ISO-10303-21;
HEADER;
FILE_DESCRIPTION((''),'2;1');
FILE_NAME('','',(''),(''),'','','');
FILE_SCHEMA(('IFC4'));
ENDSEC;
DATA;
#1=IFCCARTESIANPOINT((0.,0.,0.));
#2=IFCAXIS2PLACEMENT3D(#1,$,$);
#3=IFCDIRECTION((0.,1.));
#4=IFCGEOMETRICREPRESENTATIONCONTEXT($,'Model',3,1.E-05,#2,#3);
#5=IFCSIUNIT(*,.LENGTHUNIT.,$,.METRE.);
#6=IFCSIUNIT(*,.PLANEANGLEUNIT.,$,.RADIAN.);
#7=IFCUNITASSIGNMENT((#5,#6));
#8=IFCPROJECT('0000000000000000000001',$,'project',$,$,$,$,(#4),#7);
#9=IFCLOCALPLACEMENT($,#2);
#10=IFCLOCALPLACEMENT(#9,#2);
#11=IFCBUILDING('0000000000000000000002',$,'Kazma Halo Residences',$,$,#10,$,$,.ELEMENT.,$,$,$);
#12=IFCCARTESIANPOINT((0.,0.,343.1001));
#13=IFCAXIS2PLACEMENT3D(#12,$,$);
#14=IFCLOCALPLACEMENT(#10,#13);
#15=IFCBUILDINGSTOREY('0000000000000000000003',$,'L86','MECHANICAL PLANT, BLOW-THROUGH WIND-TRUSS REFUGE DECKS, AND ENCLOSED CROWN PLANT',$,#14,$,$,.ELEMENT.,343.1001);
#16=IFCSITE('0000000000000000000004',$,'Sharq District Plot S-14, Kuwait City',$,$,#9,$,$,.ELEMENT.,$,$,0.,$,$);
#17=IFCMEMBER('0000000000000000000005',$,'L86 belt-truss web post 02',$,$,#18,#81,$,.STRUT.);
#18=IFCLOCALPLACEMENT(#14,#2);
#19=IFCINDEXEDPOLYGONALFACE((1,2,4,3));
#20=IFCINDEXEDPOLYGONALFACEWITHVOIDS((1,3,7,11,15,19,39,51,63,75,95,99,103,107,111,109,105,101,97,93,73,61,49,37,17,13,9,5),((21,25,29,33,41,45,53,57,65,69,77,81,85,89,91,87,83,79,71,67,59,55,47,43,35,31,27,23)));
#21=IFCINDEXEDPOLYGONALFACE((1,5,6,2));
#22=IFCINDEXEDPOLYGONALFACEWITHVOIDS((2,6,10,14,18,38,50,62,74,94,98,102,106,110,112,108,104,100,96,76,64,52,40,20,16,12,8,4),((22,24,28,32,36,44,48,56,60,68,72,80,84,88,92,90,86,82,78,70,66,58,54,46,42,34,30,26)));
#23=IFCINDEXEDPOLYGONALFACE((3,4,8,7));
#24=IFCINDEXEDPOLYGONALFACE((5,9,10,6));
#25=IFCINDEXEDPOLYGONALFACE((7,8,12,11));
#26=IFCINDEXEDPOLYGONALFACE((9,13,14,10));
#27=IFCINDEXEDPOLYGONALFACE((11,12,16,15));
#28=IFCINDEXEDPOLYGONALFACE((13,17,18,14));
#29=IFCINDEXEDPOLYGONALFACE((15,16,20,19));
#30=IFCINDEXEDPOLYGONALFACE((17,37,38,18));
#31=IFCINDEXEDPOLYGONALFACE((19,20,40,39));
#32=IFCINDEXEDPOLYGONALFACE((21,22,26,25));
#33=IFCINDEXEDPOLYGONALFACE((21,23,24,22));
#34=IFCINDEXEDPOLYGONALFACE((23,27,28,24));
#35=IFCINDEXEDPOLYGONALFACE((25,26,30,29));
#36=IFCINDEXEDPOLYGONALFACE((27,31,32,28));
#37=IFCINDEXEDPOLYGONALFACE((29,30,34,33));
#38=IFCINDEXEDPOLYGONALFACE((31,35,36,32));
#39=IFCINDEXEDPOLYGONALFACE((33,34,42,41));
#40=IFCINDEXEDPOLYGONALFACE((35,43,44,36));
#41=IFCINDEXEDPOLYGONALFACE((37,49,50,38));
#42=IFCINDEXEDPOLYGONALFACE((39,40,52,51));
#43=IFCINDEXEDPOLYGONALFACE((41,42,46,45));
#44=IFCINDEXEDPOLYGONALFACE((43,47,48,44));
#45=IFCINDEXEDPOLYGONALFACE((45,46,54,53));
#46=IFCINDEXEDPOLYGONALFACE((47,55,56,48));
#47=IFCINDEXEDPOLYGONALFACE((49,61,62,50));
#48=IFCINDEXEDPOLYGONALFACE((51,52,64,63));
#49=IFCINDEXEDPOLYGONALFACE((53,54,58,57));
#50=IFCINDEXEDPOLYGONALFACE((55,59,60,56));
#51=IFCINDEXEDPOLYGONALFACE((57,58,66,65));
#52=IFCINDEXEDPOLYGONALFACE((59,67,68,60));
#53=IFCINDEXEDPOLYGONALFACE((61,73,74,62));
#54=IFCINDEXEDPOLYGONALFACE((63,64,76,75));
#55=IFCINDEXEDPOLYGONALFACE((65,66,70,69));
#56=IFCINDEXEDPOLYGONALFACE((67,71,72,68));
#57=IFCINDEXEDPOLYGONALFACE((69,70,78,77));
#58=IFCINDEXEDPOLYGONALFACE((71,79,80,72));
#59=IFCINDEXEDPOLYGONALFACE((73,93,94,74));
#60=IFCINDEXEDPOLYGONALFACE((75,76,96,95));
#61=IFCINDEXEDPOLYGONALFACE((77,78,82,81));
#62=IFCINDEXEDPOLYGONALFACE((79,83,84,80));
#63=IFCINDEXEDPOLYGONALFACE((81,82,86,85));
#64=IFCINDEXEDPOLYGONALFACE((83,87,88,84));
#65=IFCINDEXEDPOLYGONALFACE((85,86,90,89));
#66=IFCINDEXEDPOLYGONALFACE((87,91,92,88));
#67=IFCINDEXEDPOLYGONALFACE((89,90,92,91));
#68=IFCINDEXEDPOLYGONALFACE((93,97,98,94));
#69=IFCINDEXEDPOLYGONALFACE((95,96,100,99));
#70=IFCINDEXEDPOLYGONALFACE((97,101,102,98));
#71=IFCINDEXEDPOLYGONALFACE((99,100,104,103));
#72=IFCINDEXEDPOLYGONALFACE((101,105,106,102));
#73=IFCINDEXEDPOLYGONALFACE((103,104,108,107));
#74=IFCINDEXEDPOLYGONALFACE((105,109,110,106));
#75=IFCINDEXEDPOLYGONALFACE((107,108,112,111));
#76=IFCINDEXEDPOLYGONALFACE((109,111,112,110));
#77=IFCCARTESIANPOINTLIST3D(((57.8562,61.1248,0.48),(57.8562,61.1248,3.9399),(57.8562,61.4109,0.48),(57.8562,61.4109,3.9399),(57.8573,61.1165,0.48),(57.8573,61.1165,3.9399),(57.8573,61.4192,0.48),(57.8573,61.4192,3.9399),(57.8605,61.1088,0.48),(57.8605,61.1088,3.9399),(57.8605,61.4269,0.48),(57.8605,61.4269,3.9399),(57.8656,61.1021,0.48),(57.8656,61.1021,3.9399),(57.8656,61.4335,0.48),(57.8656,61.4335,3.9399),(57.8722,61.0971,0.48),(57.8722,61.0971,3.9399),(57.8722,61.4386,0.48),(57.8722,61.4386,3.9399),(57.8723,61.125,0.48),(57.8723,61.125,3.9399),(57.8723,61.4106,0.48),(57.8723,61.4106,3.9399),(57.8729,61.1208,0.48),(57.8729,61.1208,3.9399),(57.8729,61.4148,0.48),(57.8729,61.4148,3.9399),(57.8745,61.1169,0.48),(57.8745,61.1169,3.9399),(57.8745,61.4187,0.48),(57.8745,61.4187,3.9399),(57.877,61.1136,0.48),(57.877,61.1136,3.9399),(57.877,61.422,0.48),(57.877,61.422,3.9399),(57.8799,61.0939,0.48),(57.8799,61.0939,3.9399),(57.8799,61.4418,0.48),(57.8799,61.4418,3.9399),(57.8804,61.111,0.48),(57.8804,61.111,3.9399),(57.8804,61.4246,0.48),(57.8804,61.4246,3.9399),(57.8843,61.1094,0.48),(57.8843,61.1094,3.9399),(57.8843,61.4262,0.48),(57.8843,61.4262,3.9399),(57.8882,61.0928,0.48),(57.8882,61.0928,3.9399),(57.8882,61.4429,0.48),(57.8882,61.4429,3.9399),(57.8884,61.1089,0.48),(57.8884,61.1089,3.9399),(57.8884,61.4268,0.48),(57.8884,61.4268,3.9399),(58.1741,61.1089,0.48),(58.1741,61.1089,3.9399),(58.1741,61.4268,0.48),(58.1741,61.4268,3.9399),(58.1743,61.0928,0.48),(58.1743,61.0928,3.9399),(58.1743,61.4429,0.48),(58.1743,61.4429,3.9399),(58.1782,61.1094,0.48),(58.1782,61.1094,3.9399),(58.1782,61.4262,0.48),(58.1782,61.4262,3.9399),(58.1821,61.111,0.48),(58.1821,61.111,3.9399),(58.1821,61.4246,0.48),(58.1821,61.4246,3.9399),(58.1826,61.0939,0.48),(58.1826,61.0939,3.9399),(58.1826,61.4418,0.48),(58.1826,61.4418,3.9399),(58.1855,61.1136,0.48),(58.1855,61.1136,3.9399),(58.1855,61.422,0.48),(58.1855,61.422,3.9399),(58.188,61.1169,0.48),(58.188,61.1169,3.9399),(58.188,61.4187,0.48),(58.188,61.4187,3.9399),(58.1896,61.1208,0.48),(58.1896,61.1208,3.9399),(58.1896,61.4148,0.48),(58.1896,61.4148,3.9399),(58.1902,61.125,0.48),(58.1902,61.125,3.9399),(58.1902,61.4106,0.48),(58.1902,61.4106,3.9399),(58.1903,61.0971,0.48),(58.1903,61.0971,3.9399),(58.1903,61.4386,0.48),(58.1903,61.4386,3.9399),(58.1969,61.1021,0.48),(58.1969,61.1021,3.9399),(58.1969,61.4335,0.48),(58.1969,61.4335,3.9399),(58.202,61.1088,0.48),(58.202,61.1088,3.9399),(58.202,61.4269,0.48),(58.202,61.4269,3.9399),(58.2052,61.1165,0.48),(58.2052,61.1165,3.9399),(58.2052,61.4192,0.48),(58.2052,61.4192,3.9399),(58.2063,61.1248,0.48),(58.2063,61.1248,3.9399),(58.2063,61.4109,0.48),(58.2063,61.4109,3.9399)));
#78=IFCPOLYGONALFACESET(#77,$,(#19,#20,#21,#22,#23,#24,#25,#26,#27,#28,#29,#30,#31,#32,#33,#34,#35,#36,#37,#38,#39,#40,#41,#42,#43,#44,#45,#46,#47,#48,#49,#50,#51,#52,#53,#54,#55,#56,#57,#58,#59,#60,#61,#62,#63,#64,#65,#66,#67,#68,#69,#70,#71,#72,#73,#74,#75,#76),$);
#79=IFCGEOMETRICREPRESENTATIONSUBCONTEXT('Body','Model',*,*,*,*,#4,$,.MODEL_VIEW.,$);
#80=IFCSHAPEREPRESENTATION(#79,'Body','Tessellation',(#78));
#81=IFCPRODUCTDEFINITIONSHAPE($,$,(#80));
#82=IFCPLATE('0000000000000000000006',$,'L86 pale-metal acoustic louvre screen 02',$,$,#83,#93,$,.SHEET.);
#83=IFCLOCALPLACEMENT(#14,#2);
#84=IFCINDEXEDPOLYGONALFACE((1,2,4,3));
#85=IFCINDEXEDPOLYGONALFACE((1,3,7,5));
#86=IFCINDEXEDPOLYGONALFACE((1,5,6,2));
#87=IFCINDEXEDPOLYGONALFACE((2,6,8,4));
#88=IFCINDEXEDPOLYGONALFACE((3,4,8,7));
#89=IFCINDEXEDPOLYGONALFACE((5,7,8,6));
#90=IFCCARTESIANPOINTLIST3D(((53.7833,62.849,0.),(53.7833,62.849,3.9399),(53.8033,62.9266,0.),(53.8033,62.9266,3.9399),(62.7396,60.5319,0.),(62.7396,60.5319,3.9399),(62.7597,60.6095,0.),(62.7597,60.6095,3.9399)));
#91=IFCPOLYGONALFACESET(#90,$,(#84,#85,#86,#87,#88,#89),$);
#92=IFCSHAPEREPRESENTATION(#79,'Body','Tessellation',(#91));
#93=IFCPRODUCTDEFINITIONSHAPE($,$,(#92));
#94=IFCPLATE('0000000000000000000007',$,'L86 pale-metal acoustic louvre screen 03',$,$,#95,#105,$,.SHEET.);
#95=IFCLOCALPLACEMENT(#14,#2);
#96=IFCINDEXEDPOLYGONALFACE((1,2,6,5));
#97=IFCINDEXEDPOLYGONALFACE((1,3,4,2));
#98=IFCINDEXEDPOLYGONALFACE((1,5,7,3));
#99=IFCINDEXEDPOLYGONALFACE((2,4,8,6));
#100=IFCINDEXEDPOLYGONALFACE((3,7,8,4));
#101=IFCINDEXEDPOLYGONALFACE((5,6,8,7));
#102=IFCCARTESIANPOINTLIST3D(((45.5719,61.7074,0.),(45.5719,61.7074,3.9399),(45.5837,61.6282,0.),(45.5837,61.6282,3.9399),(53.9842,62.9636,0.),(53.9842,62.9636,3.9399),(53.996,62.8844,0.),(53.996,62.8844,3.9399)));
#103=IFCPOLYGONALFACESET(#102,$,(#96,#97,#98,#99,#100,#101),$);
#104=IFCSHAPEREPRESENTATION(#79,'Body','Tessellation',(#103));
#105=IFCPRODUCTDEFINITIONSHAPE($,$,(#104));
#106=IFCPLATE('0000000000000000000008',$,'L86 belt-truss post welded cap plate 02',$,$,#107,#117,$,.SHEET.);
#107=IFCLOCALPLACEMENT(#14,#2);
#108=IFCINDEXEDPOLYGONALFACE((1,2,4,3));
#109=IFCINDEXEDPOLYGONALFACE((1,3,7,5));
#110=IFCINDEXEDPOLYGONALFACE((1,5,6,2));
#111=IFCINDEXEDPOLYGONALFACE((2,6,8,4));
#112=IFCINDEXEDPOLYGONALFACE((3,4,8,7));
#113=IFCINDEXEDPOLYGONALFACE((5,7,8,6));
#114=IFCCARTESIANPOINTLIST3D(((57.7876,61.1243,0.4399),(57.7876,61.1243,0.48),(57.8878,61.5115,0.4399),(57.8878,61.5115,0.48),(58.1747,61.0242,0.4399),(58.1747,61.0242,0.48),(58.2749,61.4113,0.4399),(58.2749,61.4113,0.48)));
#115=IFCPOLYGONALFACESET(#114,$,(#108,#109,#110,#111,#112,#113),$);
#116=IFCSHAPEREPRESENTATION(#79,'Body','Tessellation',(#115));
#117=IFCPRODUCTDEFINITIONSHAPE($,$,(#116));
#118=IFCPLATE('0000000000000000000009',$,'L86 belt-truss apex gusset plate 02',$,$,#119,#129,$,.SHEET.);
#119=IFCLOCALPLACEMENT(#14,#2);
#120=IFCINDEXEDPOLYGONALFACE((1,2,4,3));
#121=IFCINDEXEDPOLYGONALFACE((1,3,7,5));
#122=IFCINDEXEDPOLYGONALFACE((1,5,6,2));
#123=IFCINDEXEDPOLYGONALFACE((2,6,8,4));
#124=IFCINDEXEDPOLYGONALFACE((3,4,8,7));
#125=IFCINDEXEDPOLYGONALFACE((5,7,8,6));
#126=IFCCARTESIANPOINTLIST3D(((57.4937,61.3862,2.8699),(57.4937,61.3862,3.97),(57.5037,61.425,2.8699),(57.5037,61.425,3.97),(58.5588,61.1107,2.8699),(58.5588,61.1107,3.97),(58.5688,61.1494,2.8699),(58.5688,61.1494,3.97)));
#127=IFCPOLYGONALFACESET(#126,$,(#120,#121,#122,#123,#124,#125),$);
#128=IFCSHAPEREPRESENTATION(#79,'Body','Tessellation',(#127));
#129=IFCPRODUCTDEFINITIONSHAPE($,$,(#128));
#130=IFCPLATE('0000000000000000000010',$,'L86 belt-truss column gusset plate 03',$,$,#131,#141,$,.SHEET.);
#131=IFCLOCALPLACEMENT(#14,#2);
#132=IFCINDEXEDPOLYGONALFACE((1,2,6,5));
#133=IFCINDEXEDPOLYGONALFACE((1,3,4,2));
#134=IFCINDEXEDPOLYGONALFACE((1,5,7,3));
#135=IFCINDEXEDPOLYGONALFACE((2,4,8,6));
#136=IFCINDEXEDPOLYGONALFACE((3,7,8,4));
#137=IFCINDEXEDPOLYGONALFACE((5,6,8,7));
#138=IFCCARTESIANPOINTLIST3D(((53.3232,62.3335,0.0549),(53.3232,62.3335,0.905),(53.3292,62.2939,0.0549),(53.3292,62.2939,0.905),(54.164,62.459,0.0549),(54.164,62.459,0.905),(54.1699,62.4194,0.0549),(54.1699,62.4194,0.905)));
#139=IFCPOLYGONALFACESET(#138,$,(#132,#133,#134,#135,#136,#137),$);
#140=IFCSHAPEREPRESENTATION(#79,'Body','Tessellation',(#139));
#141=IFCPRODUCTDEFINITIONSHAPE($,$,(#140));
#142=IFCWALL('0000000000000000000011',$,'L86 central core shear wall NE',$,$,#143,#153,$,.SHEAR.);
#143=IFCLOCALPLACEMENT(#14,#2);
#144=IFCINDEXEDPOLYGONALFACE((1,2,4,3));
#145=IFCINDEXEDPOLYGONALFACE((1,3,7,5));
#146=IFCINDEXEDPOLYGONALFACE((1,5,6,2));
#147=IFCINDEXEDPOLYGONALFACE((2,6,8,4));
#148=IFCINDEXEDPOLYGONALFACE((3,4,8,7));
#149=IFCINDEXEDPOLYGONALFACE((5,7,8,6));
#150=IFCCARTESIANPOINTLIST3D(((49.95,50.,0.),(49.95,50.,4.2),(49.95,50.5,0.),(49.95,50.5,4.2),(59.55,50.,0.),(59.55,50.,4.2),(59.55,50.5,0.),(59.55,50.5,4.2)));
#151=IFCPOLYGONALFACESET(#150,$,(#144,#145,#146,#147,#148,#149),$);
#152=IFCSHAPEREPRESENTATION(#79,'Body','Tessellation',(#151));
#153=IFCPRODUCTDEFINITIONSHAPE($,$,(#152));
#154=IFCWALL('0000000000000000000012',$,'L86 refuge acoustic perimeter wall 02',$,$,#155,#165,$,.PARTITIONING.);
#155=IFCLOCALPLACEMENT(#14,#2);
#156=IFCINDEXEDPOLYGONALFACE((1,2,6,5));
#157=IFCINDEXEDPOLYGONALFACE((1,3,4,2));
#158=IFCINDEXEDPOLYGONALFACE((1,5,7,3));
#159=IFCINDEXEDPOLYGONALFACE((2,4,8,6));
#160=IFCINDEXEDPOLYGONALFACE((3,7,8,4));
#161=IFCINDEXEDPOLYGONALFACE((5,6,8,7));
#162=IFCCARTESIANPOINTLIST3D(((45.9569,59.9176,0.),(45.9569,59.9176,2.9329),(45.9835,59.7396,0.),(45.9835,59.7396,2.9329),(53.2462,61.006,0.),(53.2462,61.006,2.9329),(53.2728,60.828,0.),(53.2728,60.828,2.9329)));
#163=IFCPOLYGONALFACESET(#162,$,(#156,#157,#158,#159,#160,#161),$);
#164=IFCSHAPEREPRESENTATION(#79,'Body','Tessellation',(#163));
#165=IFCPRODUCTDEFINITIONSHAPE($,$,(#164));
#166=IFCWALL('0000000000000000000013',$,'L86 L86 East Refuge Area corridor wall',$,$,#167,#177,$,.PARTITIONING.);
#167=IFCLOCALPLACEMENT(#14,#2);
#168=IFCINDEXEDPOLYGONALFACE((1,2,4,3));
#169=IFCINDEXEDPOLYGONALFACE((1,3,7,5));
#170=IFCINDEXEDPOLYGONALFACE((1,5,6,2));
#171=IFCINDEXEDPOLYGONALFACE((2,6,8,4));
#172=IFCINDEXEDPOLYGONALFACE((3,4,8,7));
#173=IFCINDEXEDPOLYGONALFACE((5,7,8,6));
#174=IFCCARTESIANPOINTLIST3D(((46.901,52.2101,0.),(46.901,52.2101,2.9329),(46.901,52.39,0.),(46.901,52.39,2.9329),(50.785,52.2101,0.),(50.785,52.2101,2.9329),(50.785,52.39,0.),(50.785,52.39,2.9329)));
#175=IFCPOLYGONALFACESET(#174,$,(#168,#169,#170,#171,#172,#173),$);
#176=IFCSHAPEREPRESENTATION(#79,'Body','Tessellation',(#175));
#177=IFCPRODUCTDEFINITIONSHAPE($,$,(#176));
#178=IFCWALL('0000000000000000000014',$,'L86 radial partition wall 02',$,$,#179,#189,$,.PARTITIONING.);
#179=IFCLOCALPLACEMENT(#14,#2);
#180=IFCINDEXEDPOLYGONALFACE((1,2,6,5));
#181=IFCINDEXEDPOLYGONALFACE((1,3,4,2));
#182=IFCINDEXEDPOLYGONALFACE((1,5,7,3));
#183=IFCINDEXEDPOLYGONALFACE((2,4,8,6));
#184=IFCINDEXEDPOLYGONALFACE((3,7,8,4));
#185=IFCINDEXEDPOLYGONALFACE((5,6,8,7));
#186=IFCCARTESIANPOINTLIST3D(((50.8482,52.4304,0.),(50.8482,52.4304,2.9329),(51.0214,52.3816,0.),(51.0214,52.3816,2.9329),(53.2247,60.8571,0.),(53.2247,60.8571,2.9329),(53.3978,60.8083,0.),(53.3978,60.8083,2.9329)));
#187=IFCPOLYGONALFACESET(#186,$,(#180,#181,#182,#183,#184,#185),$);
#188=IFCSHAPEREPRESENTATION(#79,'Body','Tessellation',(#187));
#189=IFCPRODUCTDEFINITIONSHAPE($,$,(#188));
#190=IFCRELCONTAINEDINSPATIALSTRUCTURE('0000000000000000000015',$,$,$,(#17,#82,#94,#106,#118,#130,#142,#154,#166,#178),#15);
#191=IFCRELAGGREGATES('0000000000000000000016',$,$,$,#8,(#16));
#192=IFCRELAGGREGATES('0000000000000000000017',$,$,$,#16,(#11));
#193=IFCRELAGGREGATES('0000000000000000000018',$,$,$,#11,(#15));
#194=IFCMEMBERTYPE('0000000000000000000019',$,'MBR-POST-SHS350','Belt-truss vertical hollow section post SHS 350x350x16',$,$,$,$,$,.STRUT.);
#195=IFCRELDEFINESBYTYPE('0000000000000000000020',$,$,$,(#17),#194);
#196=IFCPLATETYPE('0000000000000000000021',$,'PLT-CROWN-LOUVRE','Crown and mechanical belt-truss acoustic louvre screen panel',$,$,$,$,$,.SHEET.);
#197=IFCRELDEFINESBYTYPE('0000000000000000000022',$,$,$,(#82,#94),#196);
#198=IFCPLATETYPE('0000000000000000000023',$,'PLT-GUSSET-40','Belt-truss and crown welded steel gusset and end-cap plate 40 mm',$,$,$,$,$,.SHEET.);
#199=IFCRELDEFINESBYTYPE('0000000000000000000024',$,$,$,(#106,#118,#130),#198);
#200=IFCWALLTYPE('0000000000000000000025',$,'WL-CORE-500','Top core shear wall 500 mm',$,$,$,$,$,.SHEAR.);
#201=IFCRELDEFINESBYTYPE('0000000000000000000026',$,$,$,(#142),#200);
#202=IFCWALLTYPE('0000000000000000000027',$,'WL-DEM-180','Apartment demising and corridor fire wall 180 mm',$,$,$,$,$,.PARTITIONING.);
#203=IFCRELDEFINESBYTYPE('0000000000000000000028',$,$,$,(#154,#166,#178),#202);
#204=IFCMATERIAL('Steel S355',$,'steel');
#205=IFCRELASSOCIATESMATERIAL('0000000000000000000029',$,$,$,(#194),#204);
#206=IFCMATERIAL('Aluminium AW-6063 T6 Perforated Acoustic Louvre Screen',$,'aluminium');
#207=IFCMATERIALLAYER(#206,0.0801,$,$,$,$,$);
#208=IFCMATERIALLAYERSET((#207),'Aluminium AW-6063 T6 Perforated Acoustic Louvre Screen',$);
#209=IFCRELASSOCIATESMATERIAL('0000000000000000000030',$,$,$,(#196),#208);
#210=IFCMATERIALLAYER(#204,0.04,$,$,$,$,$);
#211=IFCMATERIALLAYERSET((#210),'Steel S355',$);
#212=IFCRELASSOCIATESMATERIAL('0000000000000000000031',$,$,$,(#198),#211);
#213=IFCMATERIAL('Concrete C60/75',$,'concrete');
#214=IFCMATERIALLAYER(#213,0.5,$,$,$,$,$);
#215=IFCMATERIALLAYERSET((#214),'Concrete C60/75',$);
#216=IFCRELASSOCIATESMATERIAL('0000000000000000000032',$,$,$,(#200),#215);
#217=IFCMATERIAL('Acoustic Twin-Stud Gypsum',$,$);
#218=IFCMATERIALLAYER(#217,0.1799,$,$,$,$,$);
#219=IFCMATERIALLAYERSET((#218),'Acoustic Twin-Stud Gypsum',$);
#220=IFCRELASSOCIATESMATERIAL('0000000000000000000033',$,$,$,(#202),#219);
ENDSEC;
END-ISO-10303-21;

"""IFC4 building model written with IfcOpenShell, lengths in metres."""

from ifc_helpers import new_model, si_unit, direction, frame, frame_2d, origin, origin_2d, place, context, subcontext, project, spatial, rectangle, hollow_rectangle, extrude, material, layer, layer_set, material_profile, profile_set, type_object, element, save


model = new_model("IFC4")

# Units and contexts
model_context = context("Model", 3, precision=1e-05, world=origin(), true_north=direction((0.0, 1.0)))
body_context = subcontext(model_context, "Body", "Model", "MODEL_VIEW")
ifc_project = project(units=[si_unit("LENGTHUNIT", "METRE"), si_unit("PLANEANGLEUNIT", "RADIAN")], contexts=[model_context])

# Site, building, storey
site_placement = place(None, origin())
site = spatial("IfcSite", under=ifc_project, at=site_placement, Name="Sharq District Plot S-14, Kuwait City", CompositionType="ELEMENT", RefElevation=0.0)
building_placement = place(site_placement, origin())
building = spatial("IfcBuilding", under=site, at=building_placement, Name="Kazma Halo Residences", CompositionType="ELEMENT")
storey_placement = place(building_placement, frame((0.0, 0.0, 343.1001)))
storey = spatial("IfcBuildingStorey", under=building, at=storey_placement, Name="L86", Description="MECHANICAL PLANT, BLOW-THROUGH WIND-TRUSS REFUGE DECKS, AND ENCLOSED CROWN PLANT", CompositionType="ELEMENT", Elevation=343.1001)

# Shared definitions
ifc_material_1 = material(Name="Concrete C60/75", Category="concrete")

# Shared definitions
ifc_material_2 = material(Name="Steel S355", Category="steel")

# Member
ifc_material_profile_1 = material_profile(ifc_material_2, hollow_rectangle(XDim=0.3501, YDim=0.3501, WallThickness=0.0161, InnerFilletRadius=0.0161, OuterFilletRadius=0.032, at=origin_2d()), Name="SHS350x350x16")
ifc_profile_set_1 = profile_set([ifc_material_profile_1], Name="Steel S355")
member_type_1 = type_object("IfcMemberType", Name="MBR-POST-SHS350", Description="Belt-truss vertical hollow section post SHS 350x350x16", PredefinedType="STRUT", material=ifc_profile_set_1)
member_1_placement = place(storey_placement, frame((58.0312, 61.2678, 0.48), z_axis=(0.0, 0.0, 1.0), x_axis=(1.0, 0.0, 0.0)))
element("IfcMember", 1, at=member_1_placement, inside=storey, type_object=member_type_1, Name="L86 belt-truss web post 02", PredefinedType="STRUT", context=body_context, shape_type="SweptSolid", body=[
    extrude(hollow_rectangle(XDim=0.3501, YDim=0.3501, WallThickness=0.0161, InnerFilletRadius=0.0161, OuterFilletRadius=0.032, at=origin_2d()), origin(), (0.0, 0.0, 1.0), 3.46),
])

# Plates
ifc_material_3 = material(Name="Aluminium AW-6063 T6 Perforated Acoustic Louvre Screen", Category="aluminium")
ifc_layer_1 = layer(ifc_material_3, 0.0801)
ifc_layer_set_1 = layer_set([ifc_layer_1], Name="Aluminium AW-6063 T6 Perforated Acoustic Louvre Screen")
plate_type_1 = type_object("IfcPlateType", Name="PLT-CROWN-LOUVRE", Description="Crown and mechanical belt-truss acoustic louvre screen panel", PredefinedType="SHEET", material=ifc_layer_set_1)
plate_1_placement = place(storey_placement, frame((58.2715, 61.7292, 0.0), z_axis=(0.0, 0.0, 1.0), x_axis=(-0.968126, 0.250463, 0.0)))
element("IfcPlate", 2, at=plate_1_placement, inside=storey, type_object=plate_type_1, Name="L86 pale-metal acoustic louvre screen 02", PredefinedType="SHEET", context=body_context, shape_type="SweptSolid", body=[
    extrude(rectangle(XDim=9.2512, YDim=0.0801, at=origin_2d()), origin(), (0.0, 0.0, 1.0), 3.9399),
])
plate_2_placement = place(storey_placement, frame((49.7839, 62.2959, 0.0), z_axis=(0.0, 0.0, 1.0), x_axis=(-0.989034, -0.147688, 0.0)))
element("IfcPlate", 3, at=plate_2_placement, inside=storey, type_object=plate_type_1, Name="L86 pale-metal acoustic louvre screen 03", PredefinedType="SHEET", context=body_context, shape_type="SweptSolid", body=[
    extrude(rectangle(XDim=8.5056, YDim=0.0801, at=origin_2d()), origin(), (0.0, 0.0, 1.0), 3.9399),
])
ifc_layer_2 = layer(ifc_material_2, 0.04)
ifc_layer_set_2 = layer_set([ifc_layer_2], Name="Steel S355")
plate_type_2 = type_object("IfcPlateType", Name="PLT-GUSSET-40", Description="Belt-truss and crown welded steel gusset and end-cap plate 40 mm", PredefinedType="SHEET", material=ifc_layer_set_2)
plate_3_placement = place(storey_placement, frame((58.0312, 61.2678, 0.4399), z_axis=(0.0, 0.0, 1.0), x_axis=(-0.968126, 0.250463, 0.0)))
element("IfcPlate", 4, at=plate_3_placement, inside=storey, type_object=plate_type_2, Name="L86 belt-truss post welded cap plate 02", PredefinedType="SHEET", context=body_context, shape_type="SweptSolid", body=[
    extrude(rectangle(XDim=0.3999, YDim=0.3999, at=origin_2d()), origin(), (0.0, 0.0, 1.0), 0.04),
])
plate_4_placement = place(storey_placement, frame((58.0312, 61.2678, 2.8699), z_axis=(0.0, 0.0, 1.0), x_axis=(-0.968126, 0.250463, 0.0)))
element("IfcPlate", 5, at=plate_4_placement, inside=storey, type_object=plate_type_2, Name="L86 belt-truss apex gusset plate 02", PredefinedType="SHEET", context=body_context, shape_type="SweptSolid", body=[
    extrude(rectangle(XDim=1.1001, YDim=0.04, at=origin_2d()), origin(), (0.0, 0.0, 1.0), 1.1001),
])
plate_5_placement = place(storey_placement, frame((53.7466, 62.3765, 0.0549), z_axis=(0.0, 0.0, 1.0), x_axis=(-0.989034, -0.147688, 0.0)))
element("IfcPlate", 6, at=plate_5_placement, inside=storey, type_object=plate_type_2, Name="L86 belt-truss column gusset plate 03", PredefinedType="SHEET", context=body_context, shape_type="SweptSolid", body=[
    extrude(rectangle(XDim=0.8501, YDim=0.04, at=origin_2d()), origin(), (0.0, 0.0, 1.0), 0.8501),
])

# Walls
ifc_layer_3 = layer(ifc_material_1, 0.5)
ifc_layer_set_3 = layer_set([ifc_layer_3], Name="Concrete C60/75")
wall_type_1 = type_object("IfcWallType", Name="WL-CORE-500", Description="Top core shear wall 500 mm", PredefinedType="SHEAR", material=ifc_layer_set_3)
wall_1_placement = place(storey_placement, frame((49.95, 50.25, 0.0), z_axis=(0.0, 0.0, 1.0), x_axis=(1.0, 0.0, 0.0)))
element("IfcWall", 7, at=wall_1_placement, inside=storey, type_object=wall_type_1, Name="L86 central core shear wall NE", PredefinedType="SHEAR", context=body_context, shape_type="SweptSolid", body=[
    extrude(rectangle(XDim=9.6001, YDim=0.5, at=frame_2d((4.8, 0.0))), origin(), (0.0, 0.0, 1.0), 4.2),
])
ifc_material_4 = material(Name="Acoustic Twin-Stud Gypsum")
ifc_layer_4 = layer(ifc_material_4, 0.1799)
ifc_layer_set_4 = layer_set([ifc_layer_4], Name="Acoustic Twin-Stud Gypsum")
wall_type_2 = type_object("IfcWallType", Name="WL-DEM-180", Description="Apartment demising and corridor fire wall 180 mm", PredefinedType="PARTITIONING", material=ifc_layer_set_4)
wall_2_placement = place(storey_placement, frame((53.2595, 60.917, 0.0), z_axis=(0.0, 0.0, 1.0), x_axis=(-0.989036, -0.147675, 0.0)))
element("IfcWall", 8, at=wall_2_placement, inside=storey, type_object=wall_type_2, Name="L86 refuge acoustic perimeter wall 02", PredefinedType="PARTITIONING", context=body_context, shape_type="SweptSolid", body=[
    extrude(rectangle(XDim=7.3701, YDim=0.1799, at=frame_2d((3.6851, 0.0))), origin(), (0.0, 0.0, 1.0), 2.9329),
])
wall_3_placement = place(storey_placement, frame((50.7849, 52.3, 0.0), z_axis=(0.0, 0.0, 1.0), x_axis=(-1.0, 0.0, 0.0)))
element("IfcWall", 9, at=wall_3_placement, inside=storey, type_object=wall_type_2, Name="L86 L86 East Refuge Area corridor wall", PredefinedType="PARTITIONING", context=body_context, shape_type="SweptSolid", body=[
    extrude(rectangle(XDim=3.884, YDim=0.1799, at=frame_2d((1.9419, 0.0))), origin(), (0.0, 0.0, 1.0), 2.9329),
])
wall_4_placement = place(storey_placement, frame((50.9348, 52.406, 0.0), z_axis=(0.0, 0.0, 1.0), x_axis=(0.271427, 0.962459, 0.0)))
element("IfcWall", 10, at=wall_4_placement, inside=storey, type_object=wall_type_2, Name="L86 radial partition wall 02", PredefinedType="PARTITIONING", context=body_context, shape_type="SweptSolid", body=[
    extrude(rectangle(XDim=8.7554, YDim=0.1799, at=frame_2d((4.3777, 0.0))), origin(), (0.0, 0.0, 1.0), 2.9329),
])

save(model, "model.ifc")
